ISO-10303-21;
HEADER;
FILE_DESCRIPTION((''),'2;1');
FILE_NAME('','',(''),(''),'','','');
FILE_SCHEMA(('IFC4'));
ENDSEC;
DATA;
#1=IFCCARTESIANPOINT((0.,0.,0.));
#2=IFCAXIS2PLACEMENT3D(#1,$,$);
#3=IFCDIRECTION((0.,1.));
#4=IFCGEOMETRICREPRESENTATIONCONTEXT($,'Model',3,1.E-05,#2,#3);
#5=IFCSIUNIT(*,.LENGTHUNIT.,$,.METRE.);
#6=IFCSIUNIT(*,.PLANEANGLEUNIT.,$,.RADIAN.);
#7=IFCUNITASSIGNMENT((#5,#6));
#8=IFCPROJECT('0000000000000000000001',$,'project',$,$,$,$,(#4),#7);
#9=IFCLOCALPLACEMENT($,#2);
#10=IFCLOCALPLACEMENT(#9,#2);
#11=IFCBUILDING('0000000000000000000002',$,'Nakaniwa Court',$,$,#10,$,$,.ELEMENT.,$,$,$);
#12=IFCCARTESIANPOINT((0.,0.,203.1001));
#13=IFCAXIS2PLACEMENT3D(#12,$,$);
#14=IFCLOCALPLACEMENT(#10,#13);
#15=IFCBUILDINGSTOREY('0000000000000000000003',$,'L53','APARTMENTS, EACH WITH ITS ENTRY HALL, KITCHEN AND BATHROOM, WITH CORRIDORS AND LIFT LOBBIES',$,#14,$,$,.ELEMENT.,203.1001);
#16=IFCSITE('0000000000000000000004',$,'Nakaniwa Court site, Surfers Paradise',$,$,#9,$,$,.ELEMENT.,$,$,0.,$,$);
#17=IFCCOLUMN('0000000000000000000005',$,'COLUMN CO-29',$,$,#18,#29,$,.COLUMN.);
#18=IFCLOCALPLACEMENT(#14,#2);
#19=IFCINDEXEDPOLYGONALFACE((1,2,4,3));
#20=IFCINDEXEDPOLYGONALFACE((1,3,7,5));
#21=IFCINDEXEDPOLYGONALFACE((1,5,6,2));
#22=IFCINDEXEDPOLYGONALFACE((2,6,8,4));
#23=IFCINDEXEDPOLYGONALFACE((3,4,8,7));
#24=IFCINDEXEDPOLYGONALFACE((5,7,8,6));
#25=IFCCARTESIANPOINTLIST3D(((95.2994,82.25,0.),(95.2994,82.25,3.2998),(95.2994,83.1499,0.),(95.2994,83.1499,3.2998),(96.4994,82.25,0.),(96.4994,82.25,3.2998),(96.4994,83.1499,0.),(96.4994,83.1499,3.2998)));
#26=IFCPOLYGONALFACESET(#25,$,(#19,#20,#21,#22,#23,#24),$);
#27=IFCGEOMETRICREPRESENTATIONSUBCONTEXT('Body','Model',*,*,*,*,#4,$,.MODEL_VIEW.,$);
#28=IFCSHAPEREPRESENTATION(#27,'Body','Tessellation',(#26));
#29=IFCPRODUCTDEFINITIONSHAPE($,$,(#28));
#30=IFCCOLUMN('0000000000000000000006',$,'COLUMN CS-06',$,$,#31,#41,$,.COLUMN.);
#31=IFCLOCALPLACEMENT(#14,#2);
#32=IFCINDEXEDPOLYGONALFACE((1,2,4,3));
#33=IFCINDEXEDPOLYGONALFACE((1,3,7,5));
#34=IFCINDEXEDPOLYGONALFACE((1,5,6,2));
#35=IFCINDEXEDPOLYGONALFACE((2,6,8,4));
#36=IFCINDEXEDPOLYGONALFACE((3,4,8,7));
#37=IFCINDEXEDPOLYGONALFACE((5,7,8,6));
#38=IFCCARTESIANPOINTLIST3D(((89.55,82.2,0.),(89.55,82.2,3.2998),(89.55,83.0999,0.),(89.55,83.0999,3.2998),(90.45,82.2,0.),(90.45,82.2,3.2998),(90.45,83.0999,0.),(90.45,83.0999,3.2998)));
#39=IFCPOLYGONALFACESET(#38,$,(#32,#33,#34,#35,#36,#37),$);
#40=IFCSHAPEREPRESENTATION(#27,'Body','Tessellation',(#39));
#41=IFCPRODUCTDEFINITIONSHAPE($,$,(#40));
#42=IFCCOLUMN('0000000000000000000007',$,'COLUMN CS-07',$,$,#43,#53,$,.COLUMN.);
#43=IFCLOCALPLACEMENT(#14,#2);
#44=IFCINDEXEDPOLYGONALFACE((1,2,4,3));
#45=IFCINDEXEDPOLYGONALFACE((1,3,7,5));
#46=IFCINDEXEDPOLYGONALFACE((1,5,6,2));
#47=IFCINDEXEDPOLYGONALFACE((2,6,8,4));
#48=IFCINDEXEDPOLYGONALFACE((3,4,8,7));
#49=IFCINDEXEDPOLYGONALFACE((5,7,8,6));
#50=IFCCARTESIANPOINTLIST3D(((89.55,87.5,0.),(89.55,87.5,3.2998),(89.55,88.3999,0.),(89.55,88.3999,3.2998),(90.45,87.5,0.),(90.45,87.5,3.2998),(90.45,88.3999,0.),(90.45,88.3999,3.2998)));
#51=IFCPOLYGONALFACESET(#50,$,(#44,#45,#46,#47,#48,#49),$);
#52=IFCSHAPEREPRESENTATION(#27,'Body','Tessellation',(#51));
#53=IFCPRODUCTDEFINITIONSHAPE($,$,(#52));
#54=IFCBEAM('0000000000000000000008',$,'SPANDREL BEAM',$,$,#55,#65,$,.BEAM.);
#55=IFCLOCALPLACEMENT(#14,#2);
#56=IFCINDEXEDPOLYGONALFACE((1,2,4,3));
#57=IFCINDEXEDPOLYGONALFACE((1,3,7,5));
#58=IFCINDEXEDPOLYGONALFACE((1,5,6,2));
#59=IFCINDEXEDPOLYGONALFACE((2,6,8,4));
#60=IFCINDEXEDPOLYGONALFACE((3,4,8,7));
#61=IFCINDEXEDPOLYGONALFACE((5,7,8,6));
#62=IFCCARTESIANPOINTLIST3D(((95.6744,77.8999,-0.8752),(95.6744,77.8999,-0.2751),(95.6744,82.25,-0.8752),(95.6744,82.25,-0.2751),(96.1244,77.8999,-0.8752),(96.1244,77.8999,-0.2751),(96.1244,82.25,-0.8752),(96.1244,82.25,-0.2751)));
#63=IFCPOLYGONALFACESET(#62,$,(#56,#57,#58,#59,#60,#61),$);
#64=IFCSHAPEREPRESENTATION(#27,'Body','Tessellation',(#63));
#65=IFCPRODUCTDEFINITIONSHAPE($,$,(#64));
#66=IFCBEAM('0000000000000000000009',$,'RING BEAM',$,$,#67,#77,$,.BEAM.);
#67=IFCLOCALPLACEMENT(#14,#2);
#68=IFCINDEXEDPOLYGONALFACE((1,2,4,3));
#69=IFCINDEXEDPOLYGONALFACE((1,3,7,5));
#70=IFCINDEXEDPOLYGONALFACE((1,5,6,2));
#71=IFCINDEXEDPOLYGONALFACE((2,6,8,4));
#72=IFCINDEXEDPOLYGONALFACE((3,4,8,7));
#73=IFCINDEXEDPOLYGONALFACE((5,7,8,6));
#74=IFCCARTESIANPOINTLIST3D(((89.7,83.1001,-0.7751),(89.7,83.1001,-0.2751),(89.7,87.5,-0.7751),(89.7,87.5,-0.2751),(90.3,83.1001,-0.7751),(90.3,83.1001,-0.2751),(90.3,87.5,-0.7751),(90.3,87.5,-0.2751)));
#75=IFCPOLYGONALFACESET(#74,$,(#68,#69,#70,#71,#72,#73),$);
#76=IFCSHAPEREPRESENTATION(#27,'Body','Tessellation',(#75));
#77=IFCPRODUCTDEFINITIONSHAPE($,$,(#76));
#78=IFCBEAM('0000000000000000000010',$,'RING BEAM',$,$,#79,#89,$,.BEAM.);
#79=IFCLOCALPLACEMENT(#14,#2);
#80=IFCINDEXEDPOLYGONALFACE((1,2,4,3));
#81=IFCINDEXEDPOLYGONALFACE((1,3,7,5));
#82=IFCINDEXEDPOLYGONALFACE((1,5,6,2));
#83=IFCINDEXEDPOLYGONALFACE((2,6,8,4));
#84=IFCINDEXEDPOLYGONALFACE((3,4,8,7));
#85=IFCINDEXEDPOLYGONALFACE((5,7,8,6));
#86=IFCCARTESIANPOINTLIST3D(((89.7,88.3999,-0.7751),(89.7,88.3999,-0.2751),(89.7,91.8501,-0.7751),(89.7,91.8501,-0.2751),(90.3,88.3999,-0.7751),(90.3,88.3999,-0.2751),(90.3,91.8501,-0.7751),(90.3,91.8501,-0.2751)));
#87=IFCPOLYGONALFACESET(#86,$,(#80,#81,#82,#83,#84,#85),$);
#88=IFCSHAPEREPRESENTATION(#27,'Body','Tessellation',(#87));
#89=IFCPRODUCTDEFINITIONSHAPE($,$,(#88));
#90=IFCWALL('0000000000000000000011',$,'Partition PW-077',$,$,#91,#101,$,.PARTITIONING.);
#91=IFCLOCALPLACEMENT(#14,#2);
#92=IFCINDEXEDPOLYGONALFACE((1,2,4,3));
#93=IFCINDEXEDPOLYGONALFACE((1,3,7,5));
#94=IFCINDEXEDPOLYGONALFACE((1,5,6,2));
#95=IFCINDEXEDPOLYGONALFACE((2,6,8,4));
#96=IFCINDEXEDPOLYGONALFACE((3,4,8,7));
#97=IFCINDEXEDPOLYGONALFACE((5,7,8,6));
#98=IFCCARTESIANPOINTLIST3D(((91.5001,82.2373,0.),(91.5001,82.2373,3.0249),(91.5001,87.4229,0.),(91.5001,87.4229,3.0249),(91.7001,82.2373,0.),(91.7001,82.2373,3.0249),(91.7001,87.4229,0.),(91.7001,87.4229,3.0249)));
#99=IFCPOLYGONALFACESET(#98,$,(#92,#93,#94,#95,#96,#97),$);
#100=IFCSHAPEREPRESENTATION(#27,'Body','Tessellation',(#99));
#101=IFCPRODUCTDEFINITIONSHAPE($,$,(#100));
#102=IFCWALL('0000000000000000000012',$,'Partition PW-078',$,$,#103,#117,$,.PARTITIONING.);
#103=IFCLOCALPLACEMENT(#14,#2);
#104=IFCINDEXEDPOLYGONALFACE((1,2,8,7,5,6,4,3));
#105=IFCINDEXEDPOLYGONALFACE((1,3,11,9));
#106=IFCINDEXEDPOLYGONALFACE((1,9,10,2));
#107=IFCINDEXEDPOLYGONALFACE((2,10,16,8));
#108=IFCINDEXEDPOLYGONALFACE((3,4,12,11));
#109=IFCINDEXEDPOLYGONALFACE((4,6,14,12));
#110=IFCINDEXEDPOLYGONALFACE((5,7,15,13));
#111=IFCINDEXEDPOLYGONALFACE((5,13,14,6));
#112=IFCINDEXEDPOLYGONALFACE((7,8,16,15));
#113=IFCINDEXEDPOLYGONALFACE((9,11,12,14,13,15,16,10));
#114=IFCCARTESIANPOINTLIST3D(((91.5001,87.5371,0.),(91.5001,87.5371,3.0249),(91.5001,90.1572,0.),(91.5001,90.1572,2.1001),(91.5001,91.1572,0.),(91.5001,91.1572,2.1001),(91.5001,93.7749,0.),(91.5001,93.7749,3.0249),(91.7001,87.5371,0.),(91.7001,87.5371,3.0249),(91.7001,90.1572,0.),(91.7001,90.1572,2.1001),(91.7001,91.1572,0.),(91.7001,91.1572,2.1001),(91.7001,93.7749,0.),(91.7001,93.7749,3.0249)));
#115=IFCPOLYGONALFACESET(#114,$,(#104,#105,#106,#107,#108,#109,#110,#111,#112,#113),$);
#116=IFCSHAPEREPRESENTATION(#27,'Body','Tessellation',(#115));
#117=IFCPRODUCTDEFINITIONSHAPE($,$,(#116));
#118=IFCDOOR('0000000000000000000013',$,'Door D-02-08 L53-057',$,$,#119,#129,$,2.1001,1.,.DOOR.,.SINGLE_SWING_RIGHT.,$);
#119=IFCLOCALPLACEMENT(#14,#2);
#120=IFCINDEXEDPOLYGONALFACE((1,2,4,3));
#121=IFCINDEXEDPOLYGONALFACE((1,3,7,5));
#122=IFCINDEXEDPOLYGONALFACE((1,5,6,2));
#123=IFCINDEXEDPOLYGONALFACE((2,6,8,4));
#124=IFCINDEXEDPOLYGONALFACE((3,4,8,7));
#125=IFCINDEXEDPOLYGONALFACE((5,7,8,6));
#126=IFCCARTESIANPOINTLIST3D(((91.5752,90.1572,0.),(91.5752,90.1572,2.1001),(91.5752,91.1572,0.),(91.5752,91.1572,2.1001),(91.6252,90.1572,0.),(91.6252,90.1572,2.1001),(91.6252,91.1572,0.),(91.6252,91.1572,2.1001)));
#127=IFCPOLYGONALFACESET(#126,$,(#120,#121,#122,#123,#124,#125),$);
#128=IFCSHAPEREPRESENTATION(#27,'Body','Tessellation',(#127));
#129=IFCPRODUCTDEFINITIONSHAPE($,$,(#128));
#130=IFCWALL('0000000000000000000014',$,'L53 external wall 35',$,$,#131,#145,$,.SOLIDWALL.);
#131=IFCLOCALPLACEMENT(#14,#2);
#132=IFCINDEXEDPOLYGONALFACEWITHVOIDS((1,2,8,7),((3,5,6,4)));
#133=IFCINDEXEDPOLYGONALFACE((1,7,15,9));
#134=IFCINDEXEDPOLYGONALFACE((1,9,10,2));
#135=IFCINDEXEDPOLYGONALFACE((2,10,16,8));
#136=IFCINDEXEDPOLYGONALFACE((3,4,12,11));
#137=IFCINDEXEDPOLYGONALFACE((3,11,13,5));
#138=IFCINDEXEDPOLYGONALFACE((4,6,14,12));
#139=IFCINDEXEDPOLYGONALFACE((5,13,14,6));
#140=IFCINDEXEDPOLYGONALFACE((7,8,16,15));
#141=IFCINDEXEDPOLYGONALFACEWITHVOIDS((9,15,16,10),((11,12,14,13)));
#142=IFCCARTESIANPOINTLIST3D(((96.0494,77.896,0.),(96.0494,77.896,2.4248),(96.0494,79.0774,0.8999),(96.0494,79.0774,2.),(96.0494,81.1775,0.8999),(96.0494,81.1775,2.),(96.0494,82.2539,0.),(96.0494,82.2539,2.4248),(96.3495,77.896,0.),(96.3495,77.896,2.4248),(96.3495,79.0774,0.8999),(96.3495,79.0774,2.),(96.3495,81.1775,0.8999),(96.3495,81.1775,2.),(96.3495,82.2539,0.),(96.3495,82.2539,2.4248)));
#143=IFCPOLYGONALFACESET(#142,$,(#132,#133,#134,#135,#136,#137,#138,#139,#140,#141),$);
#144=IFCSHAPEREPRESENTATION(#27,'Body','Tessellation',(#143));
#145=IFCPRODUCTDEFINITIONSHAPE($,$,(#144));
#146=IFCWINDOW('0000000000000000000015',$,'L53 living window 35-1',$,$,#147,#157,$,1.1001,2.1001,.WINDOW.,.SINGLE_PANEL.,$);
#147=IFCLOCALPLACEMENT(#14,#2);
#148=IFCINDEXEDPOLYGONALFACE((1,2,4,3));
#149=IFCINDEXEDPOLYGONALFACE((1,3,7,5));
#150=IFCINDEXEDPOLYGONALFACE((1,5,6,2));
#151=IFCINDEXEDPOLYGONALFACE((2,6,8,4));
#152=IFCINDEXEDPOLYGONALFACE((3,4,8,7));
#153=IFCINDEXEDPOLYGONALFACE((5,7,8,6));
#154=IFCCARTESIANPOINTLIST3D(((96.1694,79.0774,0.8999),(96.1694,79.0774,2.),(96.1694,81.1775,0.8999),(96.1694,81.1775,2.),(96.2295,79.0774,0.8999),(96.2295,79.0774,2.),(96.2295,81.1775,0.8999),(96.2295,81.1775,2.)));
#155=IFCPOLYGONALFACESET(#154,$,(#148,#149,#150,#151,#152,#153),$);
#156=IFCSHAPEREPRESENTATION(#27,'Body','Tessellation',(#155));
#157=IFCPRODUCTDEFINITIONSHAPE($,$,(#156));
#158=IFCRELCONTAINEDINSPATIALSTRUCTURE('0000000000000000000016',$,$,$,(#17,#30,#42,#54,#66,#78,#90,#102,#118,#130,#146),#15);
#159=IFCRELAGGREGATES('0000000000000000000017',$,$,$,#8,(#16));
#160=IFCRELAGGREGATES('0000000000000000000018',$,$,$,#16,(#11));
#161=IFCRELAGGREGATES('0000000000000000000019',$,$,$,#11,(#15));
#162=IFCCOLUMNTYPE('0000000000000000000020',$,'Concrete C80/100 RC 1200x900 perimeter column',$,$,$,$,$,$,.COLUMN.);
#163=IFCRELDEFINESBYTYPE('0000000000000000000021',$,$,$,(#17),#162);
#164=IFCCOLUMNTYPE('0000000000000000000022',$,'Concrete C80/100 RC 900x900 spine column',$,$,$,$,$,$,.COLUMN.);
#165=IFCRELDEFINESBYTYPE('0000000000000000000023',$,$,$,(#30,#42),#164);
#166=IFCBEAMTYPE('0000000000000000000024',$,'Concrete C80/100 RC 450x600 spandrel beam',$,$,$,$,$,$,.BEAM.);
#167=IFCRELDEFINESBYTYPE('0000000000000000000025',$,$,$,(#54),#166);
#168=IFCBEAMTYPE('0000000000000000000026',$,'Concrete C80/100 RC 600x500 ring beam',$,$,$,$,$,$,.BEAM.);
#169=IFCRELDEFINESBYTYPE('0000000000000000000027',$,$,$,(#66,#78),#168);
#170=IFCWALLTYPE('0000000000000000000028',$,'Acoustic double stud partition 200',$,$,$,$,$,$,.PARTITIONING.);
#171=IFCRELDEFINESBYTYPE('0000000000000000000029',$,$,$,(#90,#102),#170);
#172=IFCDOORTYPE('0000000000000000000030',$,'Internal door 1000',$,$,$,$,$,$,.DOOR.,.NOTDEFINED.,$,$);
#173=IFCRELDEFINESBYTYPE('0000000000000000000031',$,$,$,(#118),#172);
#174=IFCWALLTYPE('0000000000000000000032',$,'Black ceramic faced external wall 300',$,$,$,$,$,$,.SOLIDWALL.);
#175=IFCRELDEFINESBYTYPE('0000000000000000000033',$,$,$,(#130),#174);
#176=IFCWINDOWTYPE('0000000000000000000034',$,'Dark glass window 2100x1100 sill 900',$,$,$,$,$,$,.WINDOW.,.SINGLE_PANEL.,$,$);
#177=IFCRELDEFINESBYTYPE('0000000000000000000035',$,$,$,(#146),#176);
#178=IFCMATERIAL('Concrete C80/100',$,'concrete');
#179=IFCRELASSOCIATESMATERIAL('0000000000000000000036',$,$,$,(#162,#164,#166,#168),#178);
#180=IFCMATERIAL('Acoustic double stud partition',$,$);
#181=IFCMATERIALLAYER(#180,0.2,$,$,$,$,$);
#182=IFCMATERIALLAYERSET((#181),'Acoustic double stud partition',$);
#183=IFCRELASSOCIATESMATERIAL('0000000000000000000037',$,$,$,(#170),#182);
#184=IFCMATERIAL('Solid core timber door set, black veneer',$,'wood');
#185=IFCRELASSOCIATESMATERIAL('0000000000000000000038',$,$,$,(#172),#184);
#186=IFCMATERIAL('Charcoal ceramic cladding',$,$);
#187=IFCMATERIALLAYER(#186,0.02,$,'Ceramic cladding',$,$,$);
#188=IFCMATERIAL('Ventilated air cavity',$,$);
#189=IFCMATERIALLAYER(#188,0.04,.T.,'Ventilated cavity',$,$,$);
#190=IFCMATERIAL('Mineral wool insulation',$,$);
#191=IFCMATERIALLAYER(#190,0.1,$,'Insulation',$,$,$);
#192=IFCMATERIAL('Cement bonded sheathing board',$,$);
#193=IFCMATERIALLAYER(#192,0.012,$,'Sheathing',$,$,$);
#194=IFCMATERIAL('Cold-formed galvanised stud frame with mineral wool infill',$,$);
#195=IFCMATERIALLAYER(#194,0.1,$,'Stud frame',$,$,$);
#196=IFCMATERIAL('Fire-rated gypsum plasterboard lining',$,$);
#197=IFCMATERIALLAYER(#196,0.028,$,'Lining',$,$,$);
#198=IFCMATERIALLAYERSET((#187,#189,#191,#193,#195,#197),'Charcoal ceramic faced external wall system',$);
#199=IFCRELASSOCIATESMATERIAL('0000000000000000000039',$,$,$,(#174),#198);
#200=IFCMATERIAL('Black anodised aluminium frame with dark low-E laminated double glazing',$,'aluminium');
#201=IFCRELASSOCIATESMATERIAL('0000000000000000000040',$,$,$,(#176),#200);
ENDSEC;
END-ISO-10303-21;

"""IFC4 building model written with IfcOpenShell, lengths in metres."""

from ifc_helpers import new_model, si_unit, direction, frame, frame_2d, origin, origin_2d, place, context, subcontext, project, spatial, rectangle, extrude, material, layer, layer_set, material_profile, profile_set, type_object, element, fill, save


model = new_model("IFC4")

# Units and contexts
model_context = context("Model", 3, precision=1e-05, world=origin(), true_north=direction((0.0, 1.0)))
body_context = subcontext(model_context, "Body", "Model", "MODEL_VIEW")
ifc_project = project(units=[si_unit("LENGTHUNIT", "METRE"), si_unit("PLANEANGLEUNIT", "RADIAN")], contexts=[model_context])

# Site, building, storey
site_placement = place(None, origin())
site = spatial("IfcSite", under=ifc_project, at=site_placement, Name="Nakaniwa Court site, Surfers Paradise", CompositionType="ELEMENT", RefElevation=0.0)
building_placement = place(site_placement, origin())
building = spatial("IfcBuilding", under=site, at=building_placement, Name="Nakaniwa Court", CompositionType="ELEMENT")
storey_placement = place(building_placement, frame((0.0, 0.0, 203.1001)))
storey = spatial("IfcBuildingStorey", under=building, at=storey_placement, Name="L53", Description="APARTMENTS, EACH WITH ITS ENTRY HALL, KITCHEN AND BATHROOM, WITH CORRIDORS AND LIFT LOBBIES", CompositionType="ELEMENT", Elevation=203.1001)

# Columns
ifc_material_1 = material(Name="Concrete C80/100", Category="concrete")
ifc_material_profile_1 = material_profile(ifc_material_1, rectangle(XDim=1.2, YDim=0.8999, at=origin_2d()), Name="Concrete C80/100 RC 1200x900 perimeter column")
ifc_profile_set_1 = profile_set([ifc_material_profile_1], Name="Concrete C80/100")
column_type_1 = type_object("IfcColumnType", Name="Concrete C80/100 RC 1200x900 perimeter column", PredefinedType="COLUMN", material=ifc_profile_set_1)
column_placement = place(storey_placement, frame((95.8994, 82.7, 0.0), z_axis=(0.0, 0.0, 1.0), x_axis=(1.0, 0.0, 0.0)))
element("IfcColumn", 1, at=column_placement, inside=storey, type_object=column_type_1, Name="COLUMN CO-29", PredefinedType="COLUMN", context=body_context, shape_type="SweptSolid", body=[
    extrude(rectangle(XDim=1.2, YDim=0.8999, at=origin_2d()), origin(), (0.0, 0.0, 1.0), 3.2998),
])
ifc_material_profile_2 = material_profile(ifc_material_1, rectangle(XDim=0.8999, YDim=0.8999, at=origin_2d()), Name="Concrete C80/100 RC 900x900 spine column")
ifc_profile_set_2 = profile_set([ifc_material_profile_2], Name="Concrete C80/100")
column_type_2 = type_object("IfcColumnType", Name="Concrete C80/100 RC 900x900 spine column", PredefinedType="COLUMN", material=ifc_profile_set_2)
for number, where, z_axis, x_axis, name in (
    (2, (90.0, 82.6499, 0.0), (0.0, 0.0, 1.0), (0.0, 1.0, 0.0), "COLUMN CS-06"),
    (3, (90.0, 87.95, 0.0), (0.0, 0.0, 1.0), (0.0, 1.0, 0.0), "COLUMN CS-07"),
):
    element("IfcColumn", number, at=place(storey_placement, frame(where, z_axis=z_axis, x_axis=x_axis)), inside=storey, type_object=column_type_2, Name=name, PredefinedType="COLUMN", context=body_context, shape_type="SweptSolid", body=[
        extrude(rectangle(XDim=0.8999, YDim=0.8999, at=origin_2d()), origin(), (0.0, 0.0, 1.0), 3.2998),
    ])

# Beams
ifc_material_profile_3 = material_profile(ifc_material_1, rectangle(XDim=0.45, YDim=0.6001, at=origin_2d()), Name="Concrete C80/100 RC 450x600 spandrel beam")
ifc_profile_set_3 = profile_set([ifc_material_profile_3], Name="Concrete C80/100")
beam_type_1 = type_object("IfcBeamType", Name="Concrete C80/100 RC 450x600 spandrel beam", PredefinedType="BEAM", material=ifc_profile_set_3)
beam_1_placement = place(storey_placement, frame((95.8994, 77.8999, -0.5752), z_axis=(0.0, 1.0, 0.0), x_axis=(-1.0, 0.0, 0.0)))
element("IfcBeam", 4, at=beam_1_placement, inside=storey, type_object=beam_type_1, Name="SPANDREL BEAM", PredefinedType="BEAM", context=body_context, shape_type="SweptSolid", body=[
    extrude(rectangle(XDim=0.45, YDim=0.6001, at=origin_2d()), origin(), (0.0, 0.0, 1.0), 4.3501),
])
ifc_material_profile_4 = material_profile(ifc_material_1, rectangle(XDim=0.6001, YDim=0.5, at=origin_2d()), Name="Concrete C80/100 RC 600x500 ring beam")
ifc_profile_set_4 = profile_set([ifc_material_profile_4], Name="Concrete C80/100")
beam_type_2 = type_object("IfcBeamType", Name="Concrete C80/100 RC 600x500 ring beam", PredefinedType="BEAM", material=ifc_profile_set_4)
beam_2_placement = place(storey_placement, frame((90.0, 83.1001, -0.5251), z_axis=(0.0, 1.0, 0.0), x_axis=(-1.0, 0.0, 0.0)))
element("IfcBeam", 5, at=beam_2_placement, inside=storey, type_object=beam_type_2, Name="RING BEAM", PredefinedType="BEAM", context=body_context, shape_type="SweptSolid", body=[
    extrude(rectangle(XDim=0.6001, YDim=0.5, at=origin_2d()), origin(), (0.0, 0.0, 1.0), 4.3999),
])
beam_3_placement = place(storey_placement, frame((90.0, 88.3999, -0.5251), z_axis=(0.0, 1.0, 0.0), x_axis=(-1.0, 0.0, 0.0)))
element("IfcBeam", 6, at=beam_3_placement, inside=storey, type_object=beam_type_2, Name="RING BEAM", PredefinedType="BEAM", context=body_context, shape_type="SweptSolid", body=[
    extrude(rectangle(XDim=0.6001, YDim=0.5, at=origin_2d()), origin(), (0.0, 0.0, 1.0), 3.4502),
])

# Wall
ifc_material_2 = material(Name="Acoustic double stud partition")
ifc_layer_1 = layer(ifc_material_2, 0.2)
ifc_layer_set_1 = layer_set([ifc_layer_1], Name="Acoustic double stud partition")
wall_type_1 = type_object("IfcWallType", Name="Acoustic double stud partition 200", PredefinedType="PARTITIONING", material=ifc_layer_set_1)
wall_1_placement = place(storey_placement, frame((91.6001, 82.2373, 0.0), z_axis=(0.0, 0.0, 1.0), x_axis=(0.0, 1.0, 0.0)))
element("IfcWall", 7, at=wall_1_placement, inside=storey, type_object=wall_type_1, Name="Partition PW-077", PredefinedType="PARTITIONING", context=body_context, shape_type="SweptSolid", body=[
    extrude(rectangle(XDim=5.1855, YDim=0.2, at=frame_2d((2.5928, 0.0))), origin(), (0.0, 0.0, 1.0), 3.0249),
])

# Wall, opening, door
wall_2_placement = place(storey_placement, frame((91.6001, 87.5371, 0.0), z_axis=(0.0, 0.0, 1.0), x_axis=(0.0, 1.0, 0.0)))
wall_2 = element("IfcWall", 8, at=wall_2_placement, inside=storey, type_object=wall_type_1, Name="Partition PW-078", PredefinedType="PARTITIONING", context=body_context, shape_type="SweptSolid", body=[
    extrude(rectangle(XDim=6.2378, YDim=0.2, at=frame_2d((3.1189, 0.0))), origin(), (0.0, 0.0, 1.0), 3.0249),
])
opening_1_placement = place(wall_2_placement, frame((2.6201, 0.0, 0.0)))
opening_1 = element("IfcOpeningElement", 9, at=opening_1_placement, cuts=wall_2, PredefinedType="OPENING", context=body_context, shape_type="SweptSolid", body=[
    extrude(rectangle(XDim=1.0, YDim=2.1001, at=frame_2d((0.5, 1.05))), frame((0.0, 0.1099, 0.0), z_axis=(0.0, -1.0, 0.0), x_axis=(1.0, 0.0, 0.0)), (0.0, 0.0, 1.0), 0.22),
])
ifc_material_3 = material(Name="Solid core timber door set, black veneer", Category="wood")
door_type_1 = type_object("IfcDoorType", Name="Internal door 1000", OperationType="NOTDEFINED", PredefinedType="DOOR", material=ifc_material_3)
door_1_placement = place(opening_1_placement, origin())
door_1 = element("IfcDoor", 10, at=door_1_placement, inside=storey, type_object=door_type_1, Name="Door D-02-08 L53-057", OperationType="SINGLE_SWING_RIGHT", OverallHeight=2.1001, OverallWidth=1.0, PredefinedType="DOOR", context=body_context, shape_type="SweptSolid", body=[
    extrude(rectangle(XDim=1.0, YDim=2.1001, at=frame_2d((0.5, 1.05))), frame((0.0, 0.0249, 0.0), z_axis=(0.0, -1.0, 0.0), x_axis=(1.0, 0.0, 0.0)), (0.0, 0.0, 1.0), 0.05),
])
fill(opening_1, door_1)

# Wall, opening, window
ifc_material_4 = material(Name="Charcoal ceramic cladding")
ifc_layer_2 = layer(ifc_material_4, 0.02, Name="Ceramic cladding")
ifc_material_5 = material(Name="Ventilated air cavity")
ifc_layer_3 = layer(ifc_material_5, 0.04, ventilated=True, Name="Ventilated cavity")
ifc_material_6 = material(Name="Mineral wool insulation")
ifc_layer_4 = layer(ifc_material_6, 0.1, Name="Insulation")
ifc_material_7 = material(Name="Cement bonded sheathing board")
ifc_layer_5 = layer(ifc_material_7, 0.012, Name="Sheathing")
ifc_material_8 = material(Name="Cold-formed galvanised stud frame with mineral wool infill")
ifc_layer_6 = layer(ifc_material_8, 0.1, Name="Stud frame")
ifc_material_9 = material(Name="Fire-rated gypsum plasterboard lining")
ifc_layer_7 = layer(ifc_material_9, 0.028, Name="Lining")
ifc_layer_set_2 = layer_set([ifc_layer_2, ifc_layer_3, ifc_layer_4, ifc_layer_5, ifc_layer_6, ifc_layer_7], Name="Charcoal ceramic faced external wall system")
wall_type_2 = type_object("IfcWallType", Name="Black ceramic faced external wall 300", PredefinedType="SOLIDWALL", material=ifc_layer_set_2)
wall_3_placement = place(storey_placement, frame((96.1995, 77.896, 0.0), z_axis=(0.0, 0.0, 1.0), x_axis=(0.0, 1.0, 0.0)))
wall_3 = element("IfcWall", 11, at=wall_3_placement, inside=storey, type_object=wall_type_2, Name="L53 external wall 35", PredefinedType="SOLIDWALL", context=body_context, shape_type="SweptSolid", body=[
    extrude(rectangle(XDim=4.3579, YDim=0.3, at=frame_2d((2.179, 0.0))), origin(), (0.0, 0.0, 1.0), 2.4248),
])
opening_2_placement = place(wall_3_placement, frame((1.1814, 0.0, 0.8999)))
opening_2 = element("IfcOpeningElement", 12, at=opening_2_placement, cuts=wall_3, PredefinedType="OPENING", context=body_context, shape_type="SweptSolid", body=[
    extrude(rectangle(XDim=2.1001, YDim=1.1001, at=frame_2d((1.05, 0.55))), frame((0.0, 0.1599, 0.0), z_axis=(0.0, -1.0, 0.0), x_axis=(1.0, 0.0, 0.0)), (0.0, 0.0, 1.0), 0.3201),
])
ifc_material_10 = material(Name="Black anodised aluminium frame with dark low-E laminated double glazing", Category="aluminium")
window_type = type_object("IfcWindowType", Name="Dark glass window 2100x1100 sill 900", PartitioningType="SINGLE_PANEL", PredefinedType="WINDOW", material=ifc_material_10)
window_placement = place(opening_2_placement, origin())
window = element("IfcWindow", 13, at=window_placement, inside=storey, type_object=window_type, Name="L53 living window 35-1", OverallHeight=1.1001, OverallWidth=2.1001, PartitioningType="SINGLE_PANEL", PredefinedType="WINDOW", context=body_context, shape_type="SweptSolid", body=[
    extrude(rectangle(XDim=2.1001, YDim=1.1001, at=frame_2d((1.05, 0.55))), frame((0.0, 0.03, 0.0), z_axis=(0.0, -1.0, 0.0), x_axis=(1.0, 0.0, 0.0)), (0.0, 0.0, 1.0), 0.0601),
])
fill(opening_2, window)

save(model, "model.ifc")
